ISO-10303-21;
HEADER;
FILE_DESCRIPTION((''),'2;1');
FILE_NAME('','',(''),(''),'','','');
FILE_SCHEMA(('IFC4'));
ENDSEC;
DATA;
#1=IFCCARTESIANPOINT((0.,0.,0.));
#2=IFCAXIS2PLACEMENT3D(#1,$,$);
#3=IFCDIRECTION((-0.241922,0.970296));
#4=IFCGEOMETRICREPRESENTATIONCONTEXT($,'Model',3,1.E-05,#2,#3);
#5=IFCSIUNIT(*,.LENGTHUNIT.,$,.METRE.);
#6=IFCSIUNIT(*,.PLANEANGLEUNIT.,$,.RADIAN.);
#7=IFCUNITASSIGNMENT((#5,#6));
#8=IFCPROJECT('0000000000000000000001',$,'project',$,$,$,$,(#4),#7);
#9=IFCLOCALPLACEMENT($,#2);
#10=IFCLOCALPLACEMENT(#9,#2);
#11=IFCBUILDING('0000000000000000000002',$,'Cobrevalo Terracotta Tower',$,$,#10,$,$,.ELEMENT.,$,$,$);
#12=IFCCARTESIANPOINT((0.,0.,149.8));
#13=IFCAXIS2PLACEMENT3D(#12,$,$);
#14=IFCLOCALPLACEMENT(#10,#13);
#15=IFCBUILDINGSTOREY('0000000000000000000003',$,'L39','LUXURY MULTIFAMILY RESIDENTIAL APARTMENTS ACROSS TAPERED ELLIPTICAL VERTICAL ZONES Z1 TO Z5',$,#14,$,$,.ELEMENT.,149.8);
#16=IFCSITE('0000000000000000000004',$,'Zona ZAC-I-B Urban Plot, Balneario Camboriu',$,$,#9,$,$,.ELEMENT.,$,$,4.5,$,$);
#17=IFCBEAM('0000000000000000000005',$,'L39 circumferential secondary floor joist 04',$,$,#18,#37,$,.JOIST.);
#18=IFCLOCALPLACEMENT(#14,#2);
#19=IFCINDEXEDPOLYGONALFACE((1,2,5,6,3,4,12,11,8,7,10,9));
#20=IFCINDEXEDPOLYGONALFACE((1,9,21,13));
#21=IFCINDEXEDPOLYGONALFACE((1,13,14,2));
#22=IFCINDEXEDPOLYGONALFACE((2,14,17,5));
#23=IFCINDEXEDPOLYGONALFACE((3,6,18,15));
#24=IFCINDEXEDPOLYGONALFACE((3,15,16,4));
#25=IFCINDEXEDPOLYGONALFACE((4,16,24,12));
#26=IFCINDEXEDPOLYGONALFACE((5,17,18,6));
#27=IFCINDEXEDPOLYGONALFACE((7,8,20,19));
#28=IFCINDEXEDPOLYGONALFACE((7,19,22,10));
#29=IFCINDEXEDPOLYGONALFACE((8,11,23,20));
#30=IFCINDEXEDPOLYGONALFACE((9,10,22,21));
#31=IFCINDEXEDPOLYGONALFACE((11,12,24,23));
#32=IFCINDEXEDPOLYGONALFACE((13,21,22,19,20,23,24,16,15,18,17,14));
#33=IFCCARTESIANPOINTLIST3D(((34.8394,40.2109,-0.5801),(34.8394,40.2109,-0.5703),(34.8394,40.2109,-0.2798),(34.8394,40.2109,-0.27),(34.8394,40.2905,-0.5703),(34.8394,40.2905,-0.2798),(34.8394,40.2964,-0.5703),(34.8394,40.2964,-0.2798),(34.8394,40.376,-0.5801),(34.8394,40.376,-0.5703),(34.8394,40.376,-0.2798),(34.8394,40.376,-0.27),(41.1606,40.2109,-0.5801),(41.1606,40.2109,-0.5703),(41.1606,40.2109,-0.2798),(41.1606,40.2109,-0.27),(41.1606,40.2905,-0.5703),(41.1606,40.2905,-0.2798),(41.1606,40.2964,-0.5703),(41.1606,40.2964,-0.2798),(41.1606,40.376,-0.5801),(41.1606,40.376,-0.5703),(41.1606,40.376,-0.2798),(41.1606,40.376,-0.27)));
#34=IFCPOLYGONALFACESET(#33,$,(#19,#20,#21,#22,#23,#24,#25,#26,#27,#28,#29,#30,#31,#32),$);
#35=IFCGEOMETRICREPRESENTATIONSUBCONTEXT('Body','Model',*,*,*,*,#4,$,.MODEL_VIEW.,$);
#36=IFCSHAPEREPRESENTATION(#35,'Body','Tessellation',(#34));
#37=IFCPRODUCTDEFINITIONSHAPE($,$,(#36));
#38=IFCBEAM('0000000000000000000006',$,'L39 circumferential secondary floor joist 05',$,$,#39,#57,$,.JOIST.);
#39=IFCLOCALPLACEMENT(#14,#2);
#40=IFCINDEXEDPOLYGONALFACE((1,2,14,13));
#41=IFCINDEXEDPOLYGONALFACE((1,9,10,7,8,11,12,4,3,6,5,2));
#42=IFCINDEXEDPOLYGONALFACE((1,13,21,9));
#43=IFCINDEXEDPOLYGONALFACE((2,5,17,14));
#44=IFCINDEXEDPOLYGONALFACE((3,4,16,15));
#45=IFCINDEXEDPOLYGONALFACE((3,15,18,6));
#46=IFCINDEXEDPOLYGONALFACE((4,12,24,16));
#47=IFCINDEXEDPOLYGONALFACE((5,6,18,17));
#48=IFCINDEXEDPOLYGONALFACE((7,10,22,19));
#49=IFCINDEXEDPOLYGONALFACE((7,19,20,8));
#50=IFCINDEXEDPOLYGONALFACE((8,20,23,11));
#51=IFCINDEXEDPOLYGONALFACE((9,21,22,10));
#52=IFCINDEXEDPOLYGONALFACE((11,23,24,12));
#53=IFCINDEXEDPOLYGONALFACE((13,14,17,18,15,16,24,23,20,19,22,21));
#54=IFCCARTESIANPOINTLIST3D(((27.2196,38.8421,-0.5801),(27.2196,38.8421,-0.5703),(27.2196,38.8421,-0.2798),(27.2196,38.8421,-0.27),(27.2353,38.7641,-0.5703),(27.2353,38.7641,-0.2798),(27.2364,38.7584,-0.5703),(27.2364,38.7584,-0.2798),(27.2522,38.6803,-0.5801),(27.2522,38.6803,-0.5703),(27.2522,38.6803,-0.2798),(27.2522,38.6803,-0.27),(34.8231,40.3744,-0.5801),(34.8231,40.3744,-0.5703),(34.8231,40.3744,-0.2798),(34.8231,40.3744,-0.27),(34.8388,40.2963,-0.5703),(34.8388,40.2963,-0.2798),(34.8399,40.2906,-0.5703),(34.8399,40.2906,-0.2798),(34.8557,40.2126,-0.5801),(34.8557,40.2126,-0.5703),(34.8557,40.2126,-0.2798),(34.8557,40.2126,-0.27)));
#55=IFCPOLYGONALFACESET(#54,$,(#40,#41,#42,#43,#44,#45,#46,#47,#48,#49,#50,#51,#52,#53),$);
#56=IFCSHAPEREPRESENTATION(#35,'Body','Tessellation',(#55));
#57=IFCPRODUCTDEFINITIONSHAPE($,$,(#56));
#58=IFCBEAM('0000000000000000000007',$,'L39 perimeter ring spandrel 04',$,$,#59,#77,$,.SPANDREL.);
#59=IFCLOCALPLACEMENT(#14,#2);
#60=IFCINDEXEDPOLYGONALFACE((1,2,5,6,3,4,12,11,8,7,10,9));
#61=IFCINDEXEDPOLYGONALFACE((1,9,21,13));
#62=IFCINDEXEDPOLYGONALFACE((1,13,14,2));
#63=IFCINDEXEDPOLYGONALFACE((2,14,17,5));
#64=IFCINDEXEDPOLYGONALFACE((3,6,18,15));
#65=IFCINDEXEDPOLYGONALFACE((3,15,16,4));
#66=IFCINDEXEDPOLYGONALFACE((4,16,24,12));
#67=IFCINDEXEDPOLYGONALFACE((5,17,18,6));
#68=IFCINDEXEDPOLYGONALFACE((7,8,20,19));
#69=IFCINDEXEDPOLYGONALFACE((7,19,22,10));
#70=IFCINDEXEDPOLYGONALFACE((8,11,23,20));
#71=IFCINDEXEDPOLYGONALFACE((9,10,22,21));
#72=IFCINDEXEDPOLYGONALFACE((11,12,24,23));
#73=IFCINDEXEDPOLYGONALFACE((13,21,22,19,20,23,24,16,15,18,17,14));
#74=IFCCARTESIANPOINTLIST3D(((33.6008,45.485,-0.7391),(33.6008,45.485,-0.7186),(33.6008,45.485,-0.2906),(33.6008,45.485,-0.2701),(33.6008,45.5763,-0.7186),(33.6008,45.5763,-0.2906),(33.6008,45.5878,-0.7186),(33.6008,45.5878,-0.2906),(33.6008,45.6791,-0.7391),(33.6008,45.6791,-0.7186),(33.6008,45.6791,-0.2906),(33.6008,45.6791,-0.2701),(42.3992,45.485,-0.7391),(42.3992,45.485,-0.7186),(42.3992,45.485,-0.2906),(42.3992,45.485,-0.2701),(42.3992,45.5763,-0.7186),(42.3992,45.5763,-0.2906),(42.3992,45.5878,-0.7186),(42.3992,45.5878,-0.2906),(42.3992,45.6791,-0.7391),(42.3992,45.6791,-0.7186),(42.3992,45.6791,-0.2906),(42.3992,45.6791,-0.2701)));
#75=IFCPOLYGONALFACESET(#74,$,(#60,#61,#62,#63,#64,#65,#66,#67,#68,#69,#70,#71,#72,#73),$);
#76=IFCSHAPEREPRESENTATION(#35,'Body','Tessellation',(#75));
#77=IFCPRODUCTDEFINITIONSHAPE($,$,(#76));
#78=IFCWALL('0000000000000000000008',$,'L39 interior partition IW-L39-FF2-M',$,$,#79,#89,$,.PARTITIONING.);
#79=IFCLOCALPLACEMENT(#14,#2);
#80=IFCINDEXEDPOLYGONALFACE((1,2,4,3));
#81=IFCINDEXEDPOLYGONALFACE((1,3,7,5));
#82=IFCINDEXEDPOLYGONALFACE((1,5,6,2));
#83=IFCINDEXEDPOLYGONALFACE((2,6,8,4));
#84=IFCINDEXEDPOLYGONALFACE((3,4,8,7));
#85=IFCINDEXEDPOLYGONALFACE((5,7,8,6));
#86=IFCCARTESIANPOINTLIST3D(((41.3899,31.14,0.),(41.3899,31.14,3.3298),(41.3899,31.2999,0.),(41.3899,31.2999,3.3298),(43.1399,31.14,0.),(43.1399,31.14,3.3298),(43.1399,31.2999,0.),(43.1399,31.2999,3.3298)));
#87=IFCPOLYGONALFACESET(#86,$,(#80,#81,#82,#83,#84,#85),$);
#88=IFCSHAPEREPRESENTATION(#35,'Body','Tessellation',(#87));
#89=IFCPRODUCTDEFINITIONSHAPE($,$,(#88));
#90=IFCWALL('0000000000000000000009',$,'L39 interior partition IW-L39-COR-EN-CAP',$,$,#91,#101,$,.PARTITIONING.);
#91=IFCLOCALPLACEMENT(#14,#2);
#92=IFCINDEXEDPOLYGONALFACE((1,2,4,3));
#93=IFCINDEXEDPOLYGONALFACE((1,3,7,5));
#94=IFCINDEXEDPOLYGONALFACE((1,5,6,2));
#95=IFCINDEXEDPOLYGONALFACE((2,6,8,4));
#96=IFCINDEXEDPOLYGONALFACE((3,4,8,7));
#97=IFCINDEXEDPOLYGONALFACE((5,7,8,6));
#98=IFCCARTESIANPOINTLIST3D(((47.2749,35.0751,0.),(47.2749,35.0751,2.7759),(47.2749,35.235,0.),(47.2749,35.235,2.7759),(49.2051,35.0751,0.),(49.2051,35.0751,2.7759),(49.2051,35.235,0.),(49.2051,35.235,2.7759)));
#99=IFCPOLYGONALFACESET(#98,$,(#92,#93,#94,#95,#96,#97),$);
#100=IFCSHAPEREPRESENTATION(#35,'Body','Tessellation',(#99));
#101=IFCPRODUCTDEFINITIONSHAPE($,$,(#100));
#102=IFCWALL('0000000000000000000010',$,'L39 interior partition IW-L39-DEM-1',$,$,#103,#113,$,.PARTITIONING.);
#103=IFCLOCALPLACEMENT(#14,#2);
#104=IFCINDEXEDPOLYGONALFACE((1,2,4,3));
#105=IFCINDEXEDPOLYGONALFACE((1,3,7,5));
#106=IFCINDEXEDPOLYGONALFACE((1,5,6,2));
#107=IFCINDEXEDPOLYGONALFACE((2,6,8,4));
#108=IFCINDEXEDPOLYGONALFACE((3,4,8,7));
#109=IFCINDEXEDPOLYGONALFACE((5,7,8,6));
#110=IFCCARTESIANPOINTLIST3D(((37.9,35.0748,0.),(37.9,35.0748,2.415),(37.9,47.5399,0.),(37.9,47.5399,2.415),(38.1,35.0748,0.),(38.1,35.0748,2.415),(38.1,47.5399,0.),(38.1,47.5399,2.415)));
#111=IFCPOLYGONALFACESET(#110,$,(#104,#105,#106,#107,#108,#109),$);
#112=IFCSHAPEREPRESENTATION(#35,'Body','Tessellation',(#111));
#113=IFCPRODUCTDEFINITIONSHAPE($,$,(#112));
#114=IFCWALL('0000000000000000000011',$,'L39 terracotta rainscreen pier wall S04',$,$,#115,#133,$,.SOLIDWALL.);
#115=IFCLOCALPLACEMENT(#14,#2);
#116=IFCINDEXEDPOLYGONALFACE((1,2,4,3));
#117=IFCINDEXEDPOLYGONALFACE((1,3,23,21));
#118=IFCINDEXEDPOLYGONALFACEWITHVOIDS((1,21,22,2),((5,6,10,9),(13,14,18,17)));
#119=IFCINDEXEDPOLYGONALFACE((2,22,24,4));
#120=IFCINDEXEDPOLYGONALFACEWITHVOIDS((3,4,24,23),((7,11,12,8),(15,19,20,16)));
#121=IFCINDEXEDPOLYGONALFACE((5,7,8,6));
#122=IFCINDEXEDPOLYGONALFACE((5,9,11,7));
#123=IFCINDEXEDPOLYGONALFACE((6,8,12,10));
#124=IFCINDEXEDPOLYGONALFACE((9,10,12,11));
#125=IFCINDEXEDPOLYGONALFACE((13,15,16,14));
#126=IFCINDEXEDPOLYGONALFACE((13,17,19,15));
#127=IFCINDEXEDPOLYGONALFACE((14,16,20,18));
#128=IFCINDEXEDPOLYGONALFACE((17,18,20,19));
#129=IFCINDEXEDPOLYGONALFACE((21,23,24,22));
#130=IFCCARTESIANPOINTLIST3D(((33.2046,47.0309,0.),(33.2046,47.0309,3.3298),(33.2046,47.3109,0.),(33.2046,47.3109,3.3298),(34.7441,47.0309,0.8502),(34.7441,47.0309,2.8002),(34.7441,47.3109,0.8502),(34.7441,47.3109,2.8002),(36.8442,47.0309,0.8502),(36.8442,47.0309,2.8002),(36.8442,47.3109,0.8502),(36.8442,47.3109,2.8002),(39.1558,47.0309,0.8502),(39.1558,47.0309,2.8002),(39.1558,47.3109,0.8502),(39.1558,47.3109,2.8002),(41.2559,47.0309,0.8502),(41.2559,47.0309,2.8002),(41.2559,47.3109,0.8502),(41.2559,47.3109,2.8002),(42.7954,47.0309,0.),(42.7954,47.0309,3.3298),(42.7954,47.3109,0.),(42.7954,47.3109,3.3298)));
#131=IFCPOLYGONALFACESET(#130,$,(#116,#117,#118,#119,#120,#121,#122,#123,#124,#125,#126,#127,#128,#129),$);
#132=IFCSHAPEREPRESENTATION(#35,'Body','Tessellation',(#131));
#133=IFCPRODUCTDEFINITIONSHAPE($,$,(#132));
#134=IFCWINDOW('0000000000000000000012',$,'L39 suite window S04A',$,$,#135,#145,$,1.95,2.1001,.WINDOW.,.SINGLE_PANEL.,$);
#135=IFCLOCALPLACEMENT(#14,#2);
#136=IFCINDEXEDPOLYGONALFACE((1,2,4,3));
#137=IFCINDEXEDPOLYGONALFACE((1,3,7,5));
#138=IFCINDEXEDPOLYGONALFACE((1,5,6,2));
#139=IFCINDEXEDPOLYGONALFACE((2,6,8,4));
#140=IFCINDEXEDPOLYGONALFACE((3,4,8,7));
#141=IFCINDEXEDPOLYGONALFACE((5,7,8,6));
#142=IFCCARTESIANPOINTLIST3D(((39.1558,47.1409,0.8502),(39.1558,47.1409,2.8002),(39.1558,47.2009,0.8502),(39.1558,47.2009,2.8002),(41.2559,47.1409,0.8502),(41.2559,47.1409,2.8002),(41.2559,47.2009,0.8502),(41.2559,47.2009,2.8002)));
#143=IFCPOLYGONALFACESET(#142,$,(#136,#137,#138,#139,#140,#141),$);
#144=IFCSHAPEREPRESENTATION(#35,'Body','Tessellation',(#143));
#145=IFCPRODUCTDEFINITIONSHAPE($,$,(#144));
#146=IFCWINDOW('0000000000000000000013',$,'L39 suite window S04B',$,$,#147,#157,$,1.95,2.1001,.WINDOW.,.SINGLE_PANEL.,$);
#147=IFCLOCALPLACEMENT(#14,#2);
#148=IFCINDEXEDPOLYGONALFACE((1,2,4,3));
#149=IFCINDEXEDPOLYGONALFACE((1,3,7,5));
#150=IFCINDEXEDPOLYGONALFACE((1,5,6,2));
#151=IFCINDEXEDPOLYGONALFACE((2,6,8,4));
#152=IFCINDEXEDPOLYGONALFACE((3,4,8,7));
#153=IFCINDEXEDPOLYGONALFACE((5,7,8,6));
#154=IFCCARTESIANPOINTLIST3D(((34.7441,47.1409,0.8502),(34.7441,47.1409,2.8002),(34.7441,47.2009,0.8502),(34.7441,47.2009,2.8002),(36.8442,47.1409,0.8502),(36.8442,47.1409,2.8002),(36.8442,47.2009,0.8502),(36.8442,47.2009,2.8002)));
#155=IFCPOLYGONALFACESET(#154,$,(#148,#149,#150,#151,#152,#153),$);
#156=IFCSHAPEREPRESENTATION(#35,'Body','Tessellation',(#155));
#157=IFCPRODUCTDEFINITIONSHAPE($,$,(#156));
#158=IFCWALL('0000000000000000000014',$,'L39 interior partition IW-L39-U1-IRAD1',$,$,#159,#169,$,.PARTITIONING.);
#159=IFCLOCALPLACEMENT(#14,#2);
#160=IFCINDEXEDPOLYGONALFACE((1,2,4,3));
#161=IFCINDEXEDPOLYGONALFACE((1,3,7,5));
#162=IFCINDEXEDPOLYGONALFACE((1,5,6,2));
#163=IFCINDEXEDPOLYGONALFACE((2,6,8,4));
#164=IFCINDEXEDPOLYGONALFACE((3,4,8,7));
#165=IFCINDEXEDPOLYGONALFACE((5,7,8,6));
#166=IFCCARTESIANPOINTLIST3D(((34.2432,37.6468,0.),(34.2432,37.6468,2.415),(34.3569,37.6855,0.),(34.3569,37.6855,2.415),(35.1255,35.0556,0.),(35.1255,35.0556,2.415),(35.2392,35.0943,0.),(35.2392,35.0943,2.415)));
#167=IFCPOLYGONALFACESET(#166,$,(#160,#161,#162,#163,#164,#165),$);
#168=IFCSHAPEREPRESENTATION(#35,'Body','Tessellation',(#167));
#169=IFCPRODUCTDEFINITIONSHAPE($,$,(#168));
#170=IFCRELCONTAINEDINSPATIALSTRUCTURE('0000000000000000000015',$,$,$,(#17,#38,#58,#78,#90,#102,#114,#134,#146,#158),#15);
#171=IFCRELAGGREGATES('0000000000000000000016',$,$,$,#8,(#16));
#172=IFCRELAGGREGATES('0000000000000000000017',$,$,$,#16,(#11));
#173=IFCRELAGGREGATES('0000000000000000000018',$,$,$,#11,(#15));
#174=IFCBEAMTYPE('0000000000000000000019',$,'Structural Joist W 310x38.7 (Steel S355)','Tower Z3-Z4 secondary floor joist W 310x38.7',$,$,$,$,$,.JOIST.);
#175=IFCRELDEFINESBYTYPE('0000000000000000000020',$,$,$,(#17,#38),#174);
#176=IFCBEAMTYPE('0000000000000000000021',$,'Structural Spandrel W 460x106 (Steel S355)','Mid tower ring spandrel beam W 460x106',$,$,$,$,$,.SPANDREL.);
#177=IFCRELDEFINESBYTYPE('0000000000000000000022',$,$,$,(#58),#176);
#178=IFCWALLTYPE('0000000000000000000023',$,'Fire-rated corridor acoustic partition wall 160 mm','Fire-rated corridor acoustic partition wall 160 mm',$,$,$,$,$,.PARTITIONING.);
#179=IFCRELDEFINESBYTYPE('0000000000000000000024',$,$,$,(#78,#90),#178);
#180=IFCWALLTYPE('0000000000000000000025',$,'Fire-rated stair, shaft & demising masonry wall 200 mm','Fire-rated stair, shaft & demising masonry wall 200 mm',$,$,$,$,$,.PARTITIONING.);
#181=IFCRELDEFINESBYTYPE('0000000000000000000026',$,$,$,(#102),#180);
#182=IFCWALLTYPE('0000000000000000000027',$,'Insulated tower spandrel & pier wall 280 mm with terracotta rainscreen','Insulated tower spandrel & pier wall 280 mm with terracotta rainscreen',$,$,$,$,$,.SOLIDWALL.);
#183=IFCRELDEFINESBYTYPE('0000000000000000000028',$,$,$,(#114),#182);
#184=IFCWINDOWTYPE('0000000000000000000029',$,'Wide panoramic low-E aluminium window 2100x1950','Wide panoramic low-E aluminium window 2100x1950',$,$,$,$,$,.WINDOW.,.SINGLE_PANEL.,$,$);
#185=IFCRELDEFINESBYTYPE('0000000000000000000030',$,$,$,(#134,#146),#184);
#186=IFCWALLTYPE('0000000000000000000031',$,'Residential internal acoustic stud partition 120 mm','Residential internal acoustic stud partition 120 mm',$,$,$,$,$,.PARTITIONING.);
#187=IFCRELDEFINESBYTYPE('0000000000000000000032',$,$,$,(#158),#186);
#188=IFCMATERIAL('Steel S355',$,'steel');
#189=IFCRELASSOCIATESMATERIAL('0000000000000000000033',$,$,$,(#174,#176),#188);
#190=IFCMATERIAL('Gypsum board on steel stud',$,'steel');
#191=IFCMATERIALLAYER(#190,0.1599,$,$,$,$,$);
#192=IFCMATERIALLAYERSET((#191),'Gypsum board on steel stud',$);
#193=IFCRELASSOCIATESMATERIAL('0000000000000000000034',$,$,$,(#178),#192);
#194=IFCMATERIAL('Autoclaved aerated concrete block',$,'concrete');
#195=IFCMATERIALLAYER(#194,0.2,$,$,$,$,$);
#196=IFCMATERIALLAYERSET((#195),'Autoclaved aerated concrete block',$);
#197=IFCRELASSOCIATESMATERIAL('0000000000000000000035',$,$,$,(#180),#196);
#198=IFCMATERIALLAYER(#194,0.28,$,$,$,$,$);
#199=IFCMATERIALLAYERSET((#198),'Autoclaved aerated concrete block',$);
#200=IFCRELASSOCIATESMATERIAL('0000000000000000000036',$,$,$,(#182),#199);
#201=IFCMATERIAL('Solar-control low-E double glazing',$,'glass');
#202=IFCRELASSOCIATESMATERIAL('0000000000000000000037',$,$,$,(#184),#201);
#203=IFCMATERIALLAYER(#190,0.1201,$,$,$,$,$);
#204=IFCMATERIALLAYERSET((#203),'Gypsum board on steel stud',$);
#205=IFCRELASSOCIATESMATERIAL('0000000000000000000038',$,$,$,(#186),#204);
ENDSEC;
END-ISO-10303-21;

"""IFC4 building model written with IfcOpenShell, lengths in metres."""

from ifc_helpers import new_model, si_unit, direction, frame, frame_2d, origin, origin_2d, place, context, subcontext, project, spatial, rectangle, i_section, extrude, source, transform, mapped, material, layer, layer_set, material_profile, profile_set, type_object, element, fill, save


model = new_model("IFC4")

# Units and contexts
model_context = context("Model", 3, precision=1e-05, world=origin(), true_north=direction((-0.241922, 0.970296)))
body_context = subcontext(model_context, "Body", "Model", "MODEL_VIEW")
ifc_project = project(units=[si_unit("LENGTHUNIT", "METRE"), si_unit("PLANEANGLEUNIT", "RADIAN")], contexts=[model_context])

# Site, building, storey
site_placement = place(None, origin())
site = spatial("IfcSite", under=ifc_project, at=site_placement, Name="Zona ZAC-I-B Urban Plot, Balneario Camboriu", CompositionType="ELEMENT", RefElevation=4.5)
building_placement = place(site_placement, origin())
building = spatial("IfcBuilding", under=site, at=building_placement, Name="Cobrevalo Terracotta Tower", CompositionType="ELEMENT")
storey_placement = place(building_placement, frame((0.0, 0.0, 149.8)))
storey = spatial("IfcBuildingStorey", under=building, at=storey_placement, Name="L39", Description="LUXURY MULTIFAMILY RESIDENTIAL APARTMENTS ACROSS TAPERED ELLIPTICAL VERTICAL ZONES Z1 TO Z5", CompositionType="ELEMENT", Elevation=149.8)

# Shared definitions
ifc_material_1 = material(Name="Steel S355", Category="steel")

# Beams
ifc_material_profile_1 = material_profile(ifc_material_1, i_section(OverallWidth=0.165, OverallDepth=0.3101, WebThickness=0.0059, FlangeThickness=0.0098, at=origin_2d()), Name="W 310x38.7")
ifc_profile_set_1 = profile_set([ifc_material_profile_1], Name="Steel S355")
beam_type_1 = type_object("IfcBeamType", Name="Structural Joist W 310x38.7 (Steel S355)", Description="Tower Z3-Z4 secondary floor joist W 310x38.7", PredefinedType="JOIST", material=ifc_profile_set_1)
beam_1_placement = place(storey_placement, frame((41.1606, 40.2935, -0.425), z_axis=(-1.0, 0.0, 0.0), x_axis=(0.0, -1.0, 0.0)))
element("IfcBeam", 1, at=beam_1_placement, inside=storey, type_object=beam_type_1, Name="L39 circumferential secondary floor joist 04", PredefinedType="JOIST", context=body_context, shape_type="SweptSolid", body=[
    extrude(i_section(OverallWidth=0.165, OverallDepth=0.3101, WebThickness=0.0059, FlangeThickness=0.0098, at=origin_2d()), origin(), (0.0, 0.0, 1.0), 6.3213),
])
beam_2_placement = place(storey_placement, frame((34.8394, 40.2935, -0.425), z_axis=(-0.980294, -0.197544, 0.0), x_axis=(0.197544, -0.980294, 0.0)))
element("IfcBeam", 2, at=beam_2_placement, inside=storey, type_object=beam_type_1, Name="L39 circumferential secondary floor joist 05", PredefinedType="JOIST", context=body_context, shape_type="SweptSolid", body=[
    extrude(i_section(OverallWidth=0.165, OverallDepth=0.3101, WebThickness=0.0059, FlangeThickness=0.0098, at=origin_2d()), origin(), (0.0, 0.0, 1.0), 7.7563),
])
ifc_material_profile_2 = material_profile(ifc_material_1, i_section(OverallWidth=0.1941, OverallDepth=0.469, WebThickness=0.0115, FlangeThickness=0.0205, at=origin_2d()), Name="W 460x106")
ifc_profile_set_2 = profile_set([ifc_material_profile_2], Name="Steel S355")
beam_type_2 = type_object("IfcBeamType", Name="Structural Spandrel W 460x106 (Steel S355)", Description="Mid tower ring spandrel beam W 460x106", PredefinedType="SPANDREL", material=ifc_profile_set_2)
beam_3_placement = place(storey_placement, frame((42.3992, 45.582, -0.5046), z_axis=(-1.0, 0.0, 0.0), x_axis=(0.0, -1.0, 0.0)))
element("IfcBeam", 3, at=beam_3_placement, inside=storey, type_object=beam_type_2, Name="L39 perimeter ring spandrel 04", PredefinedType="SPANDREL", context=body_context, shape_type="SweptSolid", body=[
    extrude(i_section(OverallWidth=0.1941, OverallDepth=0.469, WebThickness=0.0115, FlangeThickness=0.0205, at=origin_2d()), origin(), (0.0, 0.0, 1.0), 8.7983),
])

# Walls
ifc_material_2 = material(Name="Gypsum board on steel stud", Category="steel")
ifc_layer_1 = layer(ifc_material_2, 0.1599)
ifc_layer_set_1 = layer_set([ifc_layer_1], Name="Gypsum board on steel stud")
wall_type_1 = type_object("IfcWallType", Name="Fire-rated corridor acoustic partition wall 160 mm", Description="Fire-rated corridor acoustic partition wall 160 mm", PredefinedType="PARTITIONING", material=ifc_layer_set_1)
wall_1_placement = place(storey_placement, frame((41.3899, 31.22, 0.0), z_axis=(0.0, 0.0, 1.0), x_axis=(1.0, 0.0, 0.0)))
element("IfcWall", 4, at=wall_1_placement, inside=storey, type_object=wall_type_1, Name="L39 interior partition IW-L39-FF2-M", PredefinedType="PARTITIONING", context=body_context, shape_type="SweptSolid", body=[
    extrude(rectangle(XDim=1.75, YDim=0.1599, at=frame_2d((0.875, 0.0))), origin(), (0.0, 0.0, 1.0), 3.3298),
])
wall_2_placement = place(storey_placement, frame((47.2749, 35.155, 0.0), z_axis=(0.0, 0.0, 1.0), x_axis=(1.0, 0.0, 0.0)))
element("IfcWall", 5, at=wall_2_placement, inside=storey, type_object=wall_type_1, Name="L39 interior partition IW-L39-COR-EN-CAP", PredefinedType="PARTITIONING", context=body_context, shape_type="SweptSolid", body=[
    extrude(rectangle(XDim=1.9302, YDim=0.1599, at=frame_2d((0.9651, 0.0))), origin(), (0.0, 0.0, 1.0), 2.7759),
])
ifc_material_3 = material(Name="Autoclaved aerated concrete block", Category="concrete")
ifc_layer_2 = layer(ifc_material_3, 0.2)
ifc_layer_set_2 = layer_set([ifc_layer_2], Name="Autoclaved aerated concrete block")
wall_type_2 = type_object("IfcWallType", Name="Fire-rated stair, shaft & demising masonry wall 200 mm", Description="Fire-rated stair, shaft & demising masonry wall 200 mm", PredefinedType="PARTITIONING", material=ifc_layer_set_2)
wall_3_placement = place(storey_placement, frame((38.0, 35.075, 0.0), z_axis=(0.0, 0.0, 1.0), x_axis=(0.0, 1.0, 0.0)))
element("IfcWall", 6, at=wall_3_placement, inside=storey, type_object=wall_type_2, Name="L39 interior partition IW-L39-DEM-1", PredefinedType="PARTITIONING", context=body_context, shape_type="SweptSolid", body=[
    extrude(rectangle(XDim=12.4651, YDim=0.2, at=frame_2d((6.2324, 0.0))), origin(), (0.0, 0.0, 1.0), 2.415),
])

# Wall, openings, windows
ifc_layer_3 = layer(ifc_material_3, 0.28)
ifc_layer_set_3 = layer_set([ifc_layer_3], Name="Autoclaved aerated concrete block")
wall_type_3 = type_object("IfcWallType", Name="Insulated tower spandrel & pier wall 280 mm with terracotta rainscreen", Description="Insulated tower spandrel & pier wall 280 mm with terracotta rainscreen", PredefinedType="SOLIDWALL", material=ifc_layer_set_3)
wall_4_placement = place(storey_placement, frame((42.7954, 47.1709, 0.0), z_axis=(0.0, 0.0, 1.0), x_axis=(-1.0, 0.0, 0.0)))
wall_4 = element("IfcWall", 7, at=wall_4_placement, inside=storey, type_object=wall_type_3, Name="L39 terracotta rainscreen pier wall S04", PredefinedType="SOLIDWALL", context=body_context, shape_type="SweptSolid", body=[
    extrude(rectangle(XDim=9.5908, YDim=0.28, at=frame_2d((4.7954, 0.0))), origin(), (0.0, 0.0, 1.0), 3.3298),
])
opening_1_placement = place(wall_4_placement, frame((1.5396, 0.0, 0.8501)))
opening_1 = element("IfcOpeningElement", 8, at=opening_1_placement, cuts=wall_4, PredefinedType="OPENING", context=body_context, shape_type="SweptSolid", body=[
    extrude(rectangle(XDim=2.1001, YDim=1.95, at=frame_2d((1.05, 0.9751))), frame((0.0, 0.1499, 0.0), z_axis=(0.0, -1.0, 0.0), x_axis=(1.0, 0.0, 0.0)), (0.0, 0.0, 1.0), 0.3),
])
opening_2_placement = place(wall_4_placement, frame((5.9512, 0.0, 0.8501)))
opening_2 = element("IfcOpeningElement", 9, at=opening_2_placement, cuts=wall_4, PredefinedType="OPENING", context=body_context, shape_type="SweptSolid", body=[
    extrude(rectangle(XDim=2.1001, YDim=1.95, at=frame_2d((1.05, 0.9751))), frame((0.0, 0.1499, 0.0), z_axis=(0.0, -1.0, 0.0), x_axis=(1.0, 0.0, 0.0)), (0.0, 0.0, 1.0), 0.3),
])
ifc_material_4 = material(Name="Solar-control low-E double glazing", Category="glass")
window_type = type_object("IfcWindowType", Name="Wide panoramic low-E aluminium window 2100x1950", Description="Wide panoramic low-E aluminium window 2100x1950", PartitioningType="SINGLE_PANEL", PredefinedType="WINDOW", material=ifc_material_4)
shared_shape_1 = source(origin(), body_context, "Body", "SweptSolid", [
    extrude(rectangle(XDim=2.1001, YDim=1.95, at=frame_2d((1.05, 0.9751))), frame((0.0, 0.03, 0.0), z_axis=(0.0, -1.0, 0.0), x_axis=(1.0, 0.0, 0.0)), (0.0, 0.0, 1.0), 0.0601),
])
window_1_placement = place(opening_1_placement, origin())
window_1 = element("IfcWindow", 10, at=window_1_placement, inside=storey, type_object=window_type, Name="L39 suite window S04A", OverallHeight=1.95, OverallWidth=2.1001, PartitioningType="SINGLE_PANEL", PredefinedType="WINDOW", context=body_context, shape_type="MappedRepresentation", body=[
    mapped(shared_shape_1, transform((0.0, 0.0, 0.0), scale=1.0)),
])
fill(opening_1, window_1)
window_2_placement = place(opening_2_placement, origin())
window_2 = element("IfcWindow", 11, at=window_2_placement, inside=storey, type_object=window_type, Name="L39 suite window S04B", OverallHeight=1.95, OverallWidth=2.1001, PartitioningType="SINGLE_PANEL", PredefinedType="WINDOW", context=body_context, shape_type="MappedRepresentation", body=[
    mapped(shared_shape_1, transform((0.0, 0.0, 0.0), scale=1.0)),
])
fill(opening_2, window_2)

# Wall
ifc_layer_4 = layer(ifc_material_2, 0.1201)
ifc_layer_set_4 = layer_set([ifc_layer_4], Name="Gypsum board on steel stud")
wall_type_4 = type_object("IfcWallType", Name="Residential internal acoustic stud partition 120 mm", Description="Residential internal acoustic stud partition 120 mm", PredefinedType="PARTITIONING", material=ifc_layer_set_4)
wall_5_placement = place(storey_placement, frame((35.1824, 35.075, 0.0), z_axis=(0.0, 0.0, 1.0), x_axis=(-0.322322, 0.94663, 0.0)))
element("IfcWall", 12, at=wall_5_placement, inside=storey, type_object=wall_type_4, Name="L39 interior partition IW-L39-U1-IRAD1", PredefinedType="PARTITIONING", context=body_context, shape_type="SweptSolid", body=[
    extrude(rectangle(XDim=2.7373, YDim=0.1201, at=frame_2d((1.3687, 0.0))), origin(), (0.0, 0.0, 1.0), 2.415),
])

save(model, "model.ifc")
